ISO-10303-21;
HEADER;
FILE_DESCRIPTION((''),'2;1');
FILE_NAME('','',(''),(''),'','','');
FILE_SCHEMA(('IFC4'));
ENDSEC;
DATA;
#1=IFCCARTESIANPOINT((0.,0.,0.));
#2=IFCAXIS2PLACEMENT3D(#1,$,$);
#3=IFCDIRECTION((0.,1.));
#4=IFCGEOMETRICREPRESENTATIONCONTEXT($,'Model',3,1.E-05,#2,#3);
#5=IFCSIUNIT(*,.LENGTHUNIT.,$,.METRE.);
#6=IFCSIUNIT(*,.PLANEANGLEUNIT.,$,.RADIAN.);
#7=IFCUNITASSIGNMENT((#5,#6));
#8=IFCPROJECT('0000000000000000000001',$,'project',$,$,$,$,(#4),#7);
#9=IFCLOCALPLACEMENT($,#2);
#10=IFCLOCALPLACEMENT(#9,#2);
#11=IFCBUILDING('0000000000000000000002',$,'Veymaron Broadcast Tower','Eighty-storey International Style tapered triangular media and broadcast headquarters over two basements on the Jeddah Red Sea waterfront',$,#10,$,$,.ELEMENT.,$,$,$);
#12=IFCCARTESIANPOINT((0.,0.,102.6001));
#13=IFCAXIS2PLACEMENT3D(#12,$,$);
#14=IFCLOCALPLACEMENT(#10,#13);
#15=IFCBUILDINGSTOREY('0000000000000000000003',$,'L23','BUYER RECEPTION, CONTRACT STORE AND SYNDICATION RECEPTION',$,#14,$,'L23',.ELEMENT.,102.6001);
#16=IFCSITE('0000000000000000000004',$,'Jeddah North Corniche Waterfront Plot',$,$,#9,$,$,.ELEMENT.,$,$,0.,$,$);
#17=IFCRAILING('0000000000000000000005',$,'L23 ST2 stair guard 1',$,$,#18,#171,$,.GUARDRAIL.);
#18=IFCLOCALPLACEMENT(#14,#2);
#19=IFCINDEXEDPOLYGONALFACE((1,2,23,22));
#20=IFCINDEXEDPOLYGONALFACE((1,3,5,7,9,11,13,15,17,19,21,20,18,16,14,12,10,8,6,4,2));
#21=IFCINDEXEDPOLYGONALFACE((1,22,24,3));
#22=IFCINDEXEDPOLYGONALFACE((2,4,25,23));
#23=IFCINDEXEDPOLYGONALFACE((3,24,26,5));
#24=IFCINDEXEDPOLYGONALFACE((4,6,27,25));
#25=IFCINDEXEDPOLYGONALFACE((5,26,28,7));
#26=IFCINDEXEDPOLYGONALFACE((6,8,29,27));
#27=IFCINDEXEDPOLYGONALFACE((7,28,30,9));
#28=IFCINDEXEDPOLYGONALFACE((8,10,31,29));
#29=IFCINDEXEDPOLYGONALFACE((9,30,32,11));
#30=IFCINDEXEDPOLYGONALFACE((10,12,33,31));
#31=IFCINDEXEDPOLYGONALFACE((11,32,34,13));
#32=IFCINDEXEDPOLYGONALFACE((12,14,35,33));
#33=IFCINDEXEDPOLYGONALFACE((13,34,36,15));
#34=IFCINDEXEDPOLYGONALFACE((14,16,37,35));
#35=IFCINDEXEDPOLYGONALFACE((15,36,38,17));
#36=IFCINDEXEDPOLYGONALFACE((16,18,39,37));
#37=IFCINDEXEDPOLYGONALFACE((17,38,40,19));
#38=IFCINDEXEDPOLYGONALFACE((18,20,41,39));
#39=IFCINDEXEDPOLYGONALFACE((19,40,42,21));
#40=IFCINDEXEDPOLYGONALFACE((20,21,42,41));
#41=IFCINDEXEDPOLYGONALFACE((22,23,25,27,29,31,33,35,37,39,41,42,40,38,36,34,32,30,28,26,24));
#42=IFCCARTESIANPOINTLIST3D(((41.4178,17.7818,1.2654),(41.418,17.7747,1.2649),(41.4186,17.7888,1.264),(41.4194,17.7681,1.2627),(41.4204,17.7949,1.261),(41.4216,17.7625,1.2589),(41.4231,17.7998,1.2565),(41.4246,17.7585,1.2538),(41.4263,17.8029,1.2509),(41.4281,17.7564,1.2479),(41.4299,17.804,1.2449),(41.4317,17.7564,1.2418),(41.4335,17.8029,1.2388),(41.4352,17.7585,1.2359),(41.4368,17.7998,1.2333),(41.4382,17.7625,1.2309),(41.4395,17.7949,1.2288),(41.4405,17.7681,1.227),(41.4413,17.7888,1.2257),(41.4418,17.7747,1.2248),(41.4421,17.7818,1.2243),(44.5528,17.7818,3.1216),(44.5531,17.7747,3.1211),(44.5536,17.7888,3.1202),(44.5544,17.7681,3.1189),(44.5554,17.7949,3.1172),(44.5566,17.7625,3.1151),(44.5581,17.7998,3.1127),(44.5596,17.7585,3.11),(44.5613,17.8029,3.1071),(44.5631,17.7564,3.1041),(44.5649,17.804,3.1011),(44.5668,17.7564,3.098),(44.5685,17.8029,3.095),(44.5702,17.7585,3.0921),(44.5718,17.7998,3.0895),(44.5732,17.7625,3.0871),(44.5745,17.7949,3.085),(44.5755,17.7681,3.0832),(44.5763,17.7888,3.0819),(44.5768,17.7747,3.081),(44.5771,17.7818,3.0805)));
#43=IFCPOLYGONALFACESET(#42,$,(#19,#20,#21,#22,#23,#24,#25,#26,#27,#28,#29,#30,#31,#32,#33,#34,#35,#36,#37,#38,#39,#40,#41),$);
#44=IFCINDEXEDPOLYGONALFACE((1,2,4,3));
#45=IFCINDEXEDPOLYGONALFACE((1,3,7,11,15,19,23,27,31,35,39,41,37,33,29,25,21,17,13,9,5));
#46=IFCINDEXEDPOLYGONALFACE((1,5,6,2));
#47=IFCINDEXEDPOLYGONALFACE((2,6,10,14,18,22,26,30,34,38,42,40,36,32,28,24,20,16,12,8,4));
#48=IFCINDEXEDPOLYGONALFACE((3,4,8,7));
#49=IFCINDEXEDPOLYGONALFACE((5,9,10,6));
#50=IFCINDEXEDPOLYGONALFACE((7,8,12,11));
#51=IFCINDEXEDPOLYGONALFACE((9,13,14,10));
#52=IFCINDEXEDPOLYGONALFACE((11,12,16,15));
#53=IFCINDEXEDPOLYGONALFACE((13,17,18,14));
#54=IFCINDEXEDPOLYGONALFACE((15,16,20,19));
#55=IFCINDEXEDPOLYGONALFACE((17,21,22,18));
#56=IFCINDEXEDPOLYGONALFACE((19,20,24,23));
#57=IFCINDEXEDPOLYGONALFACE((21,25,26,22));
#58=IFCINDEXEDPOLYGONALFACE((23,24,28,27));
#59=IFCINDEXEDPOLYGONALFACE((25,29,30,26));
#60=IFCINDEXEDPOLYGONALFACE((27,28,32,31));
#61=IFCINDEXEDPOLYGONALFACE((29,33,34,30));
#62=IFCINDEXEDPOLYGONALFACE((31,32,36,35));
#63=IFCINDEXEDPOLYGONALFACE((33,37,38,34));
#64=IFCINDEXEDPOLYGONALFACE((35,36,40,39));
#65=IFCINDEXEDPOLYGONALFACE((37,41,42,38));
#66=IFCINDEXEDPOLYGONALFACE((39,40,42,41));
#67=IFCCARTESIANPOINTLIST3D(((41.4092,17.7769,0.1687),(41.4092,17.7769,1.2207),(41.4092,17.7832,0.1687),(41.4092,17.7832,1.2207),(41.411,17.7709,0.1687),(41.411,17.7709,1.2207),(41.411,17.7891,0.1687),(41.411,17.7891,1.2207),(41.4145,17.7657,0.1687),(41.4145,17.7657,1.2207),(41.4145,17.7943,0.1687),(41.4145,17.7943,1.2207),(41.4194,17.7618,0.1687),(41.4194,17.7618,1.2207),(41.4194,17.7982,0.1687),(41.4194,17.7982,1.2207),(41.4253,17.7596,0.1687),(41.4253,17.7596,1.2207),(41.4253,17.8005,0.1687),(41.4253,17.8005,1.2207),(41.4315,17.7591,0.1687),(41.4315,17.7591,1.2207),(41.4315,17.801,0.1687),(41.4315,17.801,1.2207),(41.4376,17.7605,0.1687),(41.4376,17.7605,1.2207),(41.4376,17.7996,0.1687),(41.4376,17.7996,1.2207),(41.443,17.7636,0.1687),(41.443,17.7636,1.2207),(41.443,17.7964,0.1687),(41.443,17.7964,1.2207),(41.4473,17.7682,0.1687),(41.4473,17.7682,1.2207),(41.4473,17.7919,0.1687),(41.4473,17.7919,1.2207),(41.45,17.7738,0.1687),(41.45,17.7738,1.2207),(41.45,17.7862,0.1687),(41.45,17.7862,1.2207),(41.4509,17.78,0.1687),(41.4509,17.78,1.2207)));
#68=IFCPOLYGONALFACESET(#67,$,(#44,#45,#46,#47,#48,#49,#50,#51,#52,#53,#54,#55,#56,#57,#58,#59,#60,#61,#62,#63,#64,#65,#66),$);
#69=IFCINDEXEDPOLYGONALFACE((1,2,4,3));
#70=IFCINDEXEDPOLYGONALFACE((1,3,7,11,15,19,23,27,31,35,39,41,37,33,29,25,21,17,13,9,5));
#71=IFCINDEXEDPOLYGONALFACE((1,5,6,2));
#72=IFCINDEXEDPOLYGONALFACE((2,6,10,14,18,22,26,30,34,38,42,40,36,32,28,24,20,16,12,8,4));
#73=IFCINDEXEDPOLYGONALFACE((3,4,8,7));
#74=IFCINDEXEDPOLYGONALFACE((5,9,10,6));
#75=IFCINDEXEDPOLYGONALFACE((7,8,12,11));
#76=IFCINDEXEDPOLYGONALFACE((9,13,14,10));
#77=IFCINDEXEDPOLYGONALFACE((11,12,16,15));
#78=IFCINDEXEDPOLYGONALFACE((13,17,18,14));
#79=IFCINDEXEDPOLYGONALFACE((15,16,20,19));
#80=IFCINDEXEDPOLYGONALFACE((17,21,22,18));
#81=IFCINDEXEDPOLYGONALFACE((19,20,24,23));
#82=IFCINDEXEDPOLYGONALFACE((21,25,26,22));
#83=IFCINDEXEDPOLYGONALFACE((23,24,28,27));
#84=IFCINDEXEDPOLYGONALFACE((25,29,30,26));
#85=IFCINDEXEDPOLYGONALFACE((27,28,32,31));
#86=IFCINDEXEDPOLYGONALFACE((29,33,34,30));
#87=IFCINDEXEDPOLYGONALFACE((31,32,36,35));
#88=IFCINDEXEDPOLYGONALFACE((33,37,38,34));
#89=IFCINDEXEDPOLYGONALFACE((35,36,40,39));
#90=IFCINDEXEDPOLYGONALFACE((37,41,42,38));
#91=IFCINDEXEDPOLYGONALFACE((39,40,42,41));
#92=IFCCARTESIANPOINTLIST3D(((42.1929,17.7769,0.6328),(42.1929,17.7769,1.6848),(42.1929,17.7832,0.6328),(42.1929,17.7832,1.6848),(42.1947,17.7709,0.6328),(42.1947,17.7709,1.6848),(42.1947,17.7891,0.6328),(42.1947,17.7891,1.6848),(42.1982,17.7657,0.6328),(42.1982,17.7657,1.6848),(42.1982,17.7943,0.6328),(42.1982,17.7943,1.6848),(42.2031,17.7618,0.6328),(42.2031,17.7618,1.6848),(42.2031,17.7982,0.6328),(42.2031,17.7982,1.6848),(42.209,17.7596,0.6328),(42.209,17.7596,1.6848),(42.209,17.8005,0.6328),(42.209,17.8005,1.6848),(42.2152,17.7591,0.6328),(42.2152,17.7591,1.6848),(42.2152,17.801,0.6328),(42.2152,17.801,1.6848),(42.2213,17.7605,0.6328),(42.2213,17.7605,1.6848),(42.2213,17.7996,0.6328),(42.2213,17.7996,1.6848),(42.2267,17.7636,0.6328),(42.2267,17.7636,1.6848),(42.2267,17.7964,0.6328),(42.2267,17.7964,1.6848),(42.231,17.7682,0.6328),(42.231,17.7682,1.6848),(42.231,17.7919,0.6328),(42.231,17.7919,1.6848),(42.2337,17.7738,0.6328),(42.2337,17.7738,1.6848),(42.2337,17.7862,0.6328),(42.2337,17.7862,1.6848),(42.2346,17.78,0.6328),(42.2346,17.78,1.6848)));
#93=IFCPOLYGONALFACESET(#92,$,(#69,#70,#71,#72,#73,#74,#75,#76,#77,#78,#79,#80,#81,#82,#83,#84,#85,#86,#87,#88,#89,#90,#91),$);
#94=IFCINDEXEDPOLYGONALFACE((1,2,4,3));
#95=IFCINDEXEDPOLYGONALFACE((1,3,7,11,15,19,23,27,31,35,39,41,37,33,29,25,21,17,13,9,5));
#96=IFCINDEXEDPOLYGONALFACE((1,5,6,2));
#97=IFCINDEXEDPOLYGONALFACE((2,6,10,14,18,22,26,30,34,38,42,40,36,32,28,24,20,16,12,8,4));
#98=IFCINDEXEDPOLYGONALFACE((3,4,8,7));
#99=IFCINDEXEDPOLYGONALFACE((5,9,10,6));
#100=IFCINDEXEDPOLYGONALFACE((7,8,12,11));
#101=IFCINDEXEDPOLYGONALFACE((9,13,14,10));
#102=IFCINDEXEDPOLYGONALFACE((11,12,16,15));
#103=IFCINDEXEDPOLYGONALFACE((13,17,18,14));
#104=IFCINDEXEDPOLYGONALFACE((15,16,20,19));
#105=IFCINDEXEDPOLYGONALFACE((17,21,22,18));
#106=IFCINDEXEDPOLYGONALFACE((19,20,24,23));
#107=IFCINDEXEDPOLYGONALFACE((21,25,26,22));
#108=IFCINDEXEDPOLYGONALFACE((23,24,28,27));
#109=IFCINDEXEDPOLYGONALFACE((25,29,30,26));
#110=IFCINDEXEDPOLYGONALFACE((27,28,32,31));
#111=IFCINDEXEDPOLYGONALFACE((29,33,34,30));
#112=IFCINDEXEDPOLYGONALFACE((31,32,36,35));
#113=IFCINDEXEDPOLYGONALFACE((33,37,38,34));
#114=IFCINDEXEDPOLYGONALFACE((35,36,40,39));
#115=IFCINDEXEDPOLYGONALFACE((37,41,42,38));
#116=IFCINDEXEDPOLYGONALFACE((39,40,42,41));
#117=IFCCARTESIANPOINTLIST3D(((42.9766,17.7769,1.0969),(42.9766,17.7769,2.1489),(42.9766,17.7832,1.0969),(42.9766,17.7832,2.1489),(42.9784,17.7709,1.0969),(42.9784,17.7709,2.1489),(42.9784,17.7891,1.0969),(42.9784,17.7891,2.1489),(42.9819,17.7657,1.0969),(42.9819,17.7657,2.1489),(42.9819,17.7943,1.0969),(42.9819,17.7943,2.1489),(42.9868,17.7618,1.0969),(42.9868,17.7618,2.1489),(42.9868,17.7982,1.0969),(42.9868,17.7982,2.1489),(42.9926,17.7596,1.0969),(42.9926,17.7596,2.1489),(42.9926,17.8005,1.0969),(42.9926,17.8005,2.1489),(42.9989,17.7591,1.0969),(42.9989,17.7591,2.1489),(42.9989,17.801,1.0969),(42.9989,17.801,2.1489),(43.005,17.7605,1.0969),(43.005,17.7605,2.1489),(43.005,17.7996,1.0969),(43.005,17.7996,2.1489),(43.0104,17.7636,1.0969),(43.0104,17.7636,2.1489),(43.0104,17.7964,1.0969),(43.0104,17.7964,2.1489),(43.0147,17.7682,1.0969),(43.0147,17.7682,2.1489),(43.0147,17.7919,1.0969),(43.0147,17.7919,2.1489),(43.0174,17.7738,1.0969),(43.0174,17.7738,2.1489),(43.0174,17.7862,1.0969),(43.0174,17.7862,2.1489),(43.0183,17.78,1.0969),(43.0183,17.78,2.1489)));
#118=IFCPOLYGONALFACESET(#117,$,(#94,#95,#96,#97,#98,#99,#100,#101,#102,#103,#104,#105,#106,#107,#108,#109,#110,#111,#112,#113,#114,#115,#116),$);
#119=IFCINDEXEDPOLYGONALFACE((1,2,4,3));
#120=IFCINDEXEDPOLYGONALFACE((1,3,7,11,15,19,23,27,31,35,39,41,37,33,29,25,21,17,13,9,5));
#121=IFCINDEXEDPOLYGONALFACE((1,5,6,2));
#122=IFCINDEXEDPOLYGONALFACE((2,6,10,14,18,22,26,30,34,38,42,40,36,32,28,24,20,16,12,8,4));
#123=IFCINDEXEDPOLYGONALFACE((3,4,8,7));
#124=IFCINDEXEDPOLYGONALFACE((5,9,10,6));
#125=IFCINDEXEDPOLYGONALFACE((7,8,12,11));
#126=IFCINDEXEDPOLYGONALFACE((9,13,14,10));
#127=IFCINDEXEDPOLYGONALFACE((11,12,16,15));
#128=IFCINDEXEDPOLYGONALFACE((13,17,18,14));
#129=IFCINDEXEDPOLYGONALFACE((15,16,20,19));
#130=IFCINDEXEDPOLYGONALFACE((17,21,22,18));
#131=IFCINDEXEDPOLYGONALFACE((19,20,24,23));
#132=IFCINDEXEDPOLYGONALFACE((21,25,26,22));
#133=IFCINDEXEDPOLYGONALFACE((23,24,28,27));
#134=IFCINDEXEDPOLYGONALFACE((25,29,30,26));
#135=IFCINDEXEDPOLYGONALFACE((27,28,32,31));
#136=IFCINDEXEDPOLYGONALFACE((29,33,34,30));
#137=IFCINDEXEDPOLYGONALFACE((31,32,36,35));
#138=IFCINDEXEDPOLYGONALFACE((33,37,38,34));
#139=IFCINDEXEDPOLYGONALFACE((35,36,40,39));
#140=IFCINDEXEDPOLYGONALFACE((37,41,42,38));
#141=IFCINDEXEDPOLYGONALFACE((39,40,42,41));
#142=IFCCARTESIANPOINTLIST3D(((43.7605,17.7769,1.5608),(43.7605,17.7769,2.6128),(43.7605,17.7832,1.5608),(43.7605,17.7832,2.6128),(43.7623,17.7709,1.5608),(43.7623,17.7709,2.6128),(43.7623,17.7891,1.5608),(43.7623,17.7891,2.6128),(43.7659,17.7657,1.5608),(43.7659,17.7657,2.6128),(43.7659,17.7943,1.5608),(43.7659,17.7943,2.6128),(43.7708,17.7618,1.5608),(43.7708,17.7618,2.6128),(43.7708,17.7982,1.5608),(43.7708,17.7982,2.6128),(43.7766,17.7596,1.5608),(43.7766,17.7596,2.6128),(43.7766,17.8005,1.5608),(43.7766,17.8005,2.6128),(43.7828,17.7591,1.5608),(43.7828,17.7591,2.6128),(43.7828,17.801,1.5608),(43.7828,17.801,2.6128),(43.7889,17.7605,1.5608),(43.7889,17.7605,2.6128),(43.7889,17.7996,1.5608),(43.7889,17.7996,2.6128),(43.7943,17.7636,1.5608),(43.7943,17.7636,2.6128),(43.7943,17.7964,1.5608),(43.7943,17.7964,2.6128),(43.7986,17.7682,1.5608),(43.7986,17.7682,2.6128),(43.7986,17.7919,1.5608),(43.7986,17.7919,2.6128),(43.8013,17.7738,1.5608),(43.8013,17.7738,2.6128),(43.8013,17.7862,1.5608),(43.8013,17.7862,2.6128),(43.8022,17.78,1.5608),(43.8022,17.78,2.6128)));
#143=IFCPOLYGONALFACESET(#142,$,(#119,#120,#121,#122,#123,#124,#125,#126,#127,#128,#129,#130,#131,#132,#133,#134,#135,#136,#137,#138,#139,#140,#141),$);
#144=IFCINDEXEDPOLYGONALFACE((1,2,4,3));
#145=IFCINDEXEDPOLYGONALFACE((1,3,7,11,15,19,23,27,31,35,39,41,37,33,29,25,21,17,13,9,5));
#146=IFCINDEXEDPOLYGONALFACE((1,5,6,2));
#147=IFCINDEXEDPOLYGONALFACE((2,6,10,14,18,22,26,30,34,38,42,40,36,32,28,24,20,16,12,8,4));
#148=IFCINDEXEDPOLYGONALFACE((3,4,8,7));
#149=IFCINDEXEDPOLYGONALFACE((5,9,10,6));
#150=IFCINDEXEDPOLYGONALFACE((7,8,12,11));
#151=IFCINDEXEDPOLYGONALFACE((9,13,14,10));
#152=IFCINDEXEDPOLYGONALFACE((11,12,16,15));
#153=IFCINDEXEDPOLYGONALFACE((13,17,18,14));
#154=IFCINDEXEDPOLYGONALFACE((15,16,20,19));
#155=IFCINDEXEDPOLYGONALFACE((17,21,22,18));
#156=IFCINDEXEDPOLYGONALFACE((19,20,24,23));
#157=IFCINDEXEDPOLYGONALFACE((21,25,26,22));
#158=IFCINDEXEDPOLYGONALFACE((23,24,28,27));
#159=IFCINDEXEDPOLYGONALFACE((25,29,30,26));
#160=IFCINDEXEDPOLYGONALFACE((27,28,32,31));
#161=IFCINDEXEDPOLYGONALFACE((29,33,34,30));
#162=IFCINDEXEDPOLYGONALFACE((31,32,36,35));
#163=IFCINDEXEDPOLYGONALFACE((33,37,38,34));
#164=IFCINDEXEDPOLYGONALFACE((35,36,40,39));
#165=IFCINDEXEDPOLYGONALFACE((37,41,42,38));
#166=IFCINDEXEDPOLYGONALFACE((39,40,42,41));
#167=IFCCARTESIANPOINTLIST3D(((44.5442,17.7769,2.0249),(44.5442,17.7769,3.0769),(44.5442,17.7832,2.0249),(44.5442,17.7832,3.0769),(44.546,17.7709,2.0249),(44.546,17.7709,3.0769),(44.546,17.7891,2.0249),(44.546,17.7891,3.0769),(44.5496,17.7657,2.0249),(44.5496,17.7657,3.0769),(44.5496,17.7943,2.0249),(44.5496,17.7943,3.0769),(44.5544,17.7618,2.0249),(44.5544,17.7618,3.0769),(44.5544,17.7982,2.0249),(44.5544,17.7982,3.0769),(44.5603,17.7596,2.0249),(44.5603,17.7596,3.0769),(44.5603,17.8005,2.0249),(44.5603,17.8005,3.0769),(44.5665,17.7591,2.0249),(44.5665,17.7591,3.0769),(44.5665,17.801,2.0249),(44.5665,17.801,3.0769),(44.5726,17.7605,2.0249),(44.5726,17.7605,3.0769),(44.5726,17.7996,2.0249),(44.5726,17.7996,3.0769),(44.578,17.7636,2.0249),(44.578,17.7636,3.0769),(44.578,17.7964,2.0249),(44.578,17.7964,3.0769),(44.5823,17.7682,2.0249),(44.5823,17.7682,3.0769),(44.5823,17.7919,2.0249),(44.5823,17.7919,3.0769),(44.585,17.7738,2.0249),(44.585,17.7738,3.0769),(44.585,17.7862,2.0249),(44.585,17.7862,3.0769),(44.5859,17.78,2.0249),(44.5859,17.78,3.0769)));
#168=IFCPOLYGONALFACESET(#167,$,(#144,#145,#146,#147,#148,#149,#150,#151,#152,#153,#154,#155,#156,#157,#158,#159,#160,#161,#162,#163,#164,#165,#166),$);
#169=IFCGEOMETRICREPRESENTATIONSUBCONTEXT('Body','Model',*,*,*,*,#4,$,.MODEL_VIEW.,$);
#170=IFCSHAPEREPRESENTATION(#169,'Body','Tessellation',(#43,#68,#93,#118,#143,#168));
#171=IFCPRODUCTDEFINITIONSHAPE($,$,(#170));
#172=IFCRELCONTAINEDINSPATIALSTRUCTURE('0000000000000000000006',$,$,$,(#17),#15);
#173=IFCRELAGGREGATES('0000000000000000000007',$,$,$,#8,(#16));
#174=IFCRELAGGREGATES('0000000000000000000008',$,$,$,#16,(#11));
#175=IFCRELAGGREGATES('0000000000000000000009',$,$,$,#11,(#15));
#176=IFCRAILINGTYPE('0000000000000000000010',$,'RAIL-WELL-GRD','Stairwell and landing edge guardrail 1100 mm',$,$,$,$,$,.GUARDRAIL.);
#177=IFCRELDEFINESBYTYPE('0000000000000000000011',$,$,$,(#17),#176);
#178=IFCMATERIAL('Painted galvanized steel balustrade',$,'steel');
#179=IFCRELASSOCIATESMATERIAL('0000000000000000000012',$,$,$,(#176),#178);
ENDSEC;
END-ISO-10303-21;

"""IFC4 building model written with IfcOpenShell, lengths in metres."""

from ifc_helpers import new_model, si_unit, direction, frame, origin, origin_2d, place, context, subcontext, project, spatial, circle, extrude, material, type_object, element, save


model = new_model("IFC4")

# Units and contexts
model_context = context("Model", 3, precision=1e-05, world=origin(), true_north=direction((0.0, 1.0)))
body_context = subcontext(model_context, "Body", "Model", "MODEL_VIEW")
ifc_project = project(units=[si_unit("LENGTHUNIT", "METRE"), si_unit("PLANEANGLEUNIT", "RADIAN")], contexts=[model_context])

# Site, building, storey
site_placement = place(None, origin())
site = spatial("IfcSite", under=ifc_project, at=site_placement, Name="Jeddah North Corniche Waterfront Plot", CompositionType="ELEMENT", RefElevation=0.0)
building_placement = place(site_placement, origin())
building = spatial("IfcBuilding", under=site, at=building_placement, Name="Veymaron Broadcast Tower", Description="Eighty-storey International Style tapered triangular media and broadcast headquarters over two basements on the Jeddah Red Sea waterfront", CompositionType="ELEMENT")
storey_placement = place(building_placement, frame((0.0, 0.0, 102.6001)))
storey = spatial("IfcBuildingStorey", under=building, at=storey_placement, Name="L23", Description="BUYER RECEPTION, CONTRACT STORE AND SYNDICATION RECEPTION", LongName="L23", CompositionType="ELEMENT", Elevation=102.6001)

# Railing
ifc_material_1 = material(Name="Painted galvanized steel balustrade", Category="steel")
railing_type_1 = type_object("IfcRailingType", Name="RAIL-WELL-GRD", Description="Stairwell and landing edge guardrail 1100 mm", PredefinedType="GUARDRAIL", material=ifc_material_1)
railing_1_placement = place(storey_placement, frame((41.4299, 17.78, 0.1687)))
element("IfcRailing", 1, at=railing_1_placement, inside=storey, type_object=railing_type_1, Name="L23 ST2 stair guard 1", PredefinedType="GUARDRAIL", context=body_context, shape_type="SweptSolid", body=[
    extrude(circle(Radius=0.0239, at=origin_2d()), frame((0.0, 0.0, 1.0762), z_axis=(0.860482, 0.0, 0.509481), x_axis=(0.0, 1.0, 0.0)), (0.0, 0.0, 1.0), 3.6433),
    extrude(circle(Radius=0.021, at=origin_2d()), origin(), (0.0, 0.0, 1.0), 1.052),
    extrude(circle(Radius=0.021, at=origin_2d()), frame((0.7837, 0.0, 0.4641)), (0.0, 0.0, 1.0), 1.052),
    extrude(circle(Radius=0.021, at=origin_2d()), frame((1.5674, 0.0, 0.9282)), (0.0, 0.0, 1.0), 1.052),
    extrude(circle(Radius=0.021, at=origin_2d()), frame((2.3513, 0.0, 1.3921)), (0.0, 0.0, 1.0), 1.052),
    extrude(circle(Radius=0.021, at=origin_2d()), frame((3.135, 0.0, 1.8562)), (0.0, 0.0, 1.0), 1.052),
])

save(model, "model.ifc")
